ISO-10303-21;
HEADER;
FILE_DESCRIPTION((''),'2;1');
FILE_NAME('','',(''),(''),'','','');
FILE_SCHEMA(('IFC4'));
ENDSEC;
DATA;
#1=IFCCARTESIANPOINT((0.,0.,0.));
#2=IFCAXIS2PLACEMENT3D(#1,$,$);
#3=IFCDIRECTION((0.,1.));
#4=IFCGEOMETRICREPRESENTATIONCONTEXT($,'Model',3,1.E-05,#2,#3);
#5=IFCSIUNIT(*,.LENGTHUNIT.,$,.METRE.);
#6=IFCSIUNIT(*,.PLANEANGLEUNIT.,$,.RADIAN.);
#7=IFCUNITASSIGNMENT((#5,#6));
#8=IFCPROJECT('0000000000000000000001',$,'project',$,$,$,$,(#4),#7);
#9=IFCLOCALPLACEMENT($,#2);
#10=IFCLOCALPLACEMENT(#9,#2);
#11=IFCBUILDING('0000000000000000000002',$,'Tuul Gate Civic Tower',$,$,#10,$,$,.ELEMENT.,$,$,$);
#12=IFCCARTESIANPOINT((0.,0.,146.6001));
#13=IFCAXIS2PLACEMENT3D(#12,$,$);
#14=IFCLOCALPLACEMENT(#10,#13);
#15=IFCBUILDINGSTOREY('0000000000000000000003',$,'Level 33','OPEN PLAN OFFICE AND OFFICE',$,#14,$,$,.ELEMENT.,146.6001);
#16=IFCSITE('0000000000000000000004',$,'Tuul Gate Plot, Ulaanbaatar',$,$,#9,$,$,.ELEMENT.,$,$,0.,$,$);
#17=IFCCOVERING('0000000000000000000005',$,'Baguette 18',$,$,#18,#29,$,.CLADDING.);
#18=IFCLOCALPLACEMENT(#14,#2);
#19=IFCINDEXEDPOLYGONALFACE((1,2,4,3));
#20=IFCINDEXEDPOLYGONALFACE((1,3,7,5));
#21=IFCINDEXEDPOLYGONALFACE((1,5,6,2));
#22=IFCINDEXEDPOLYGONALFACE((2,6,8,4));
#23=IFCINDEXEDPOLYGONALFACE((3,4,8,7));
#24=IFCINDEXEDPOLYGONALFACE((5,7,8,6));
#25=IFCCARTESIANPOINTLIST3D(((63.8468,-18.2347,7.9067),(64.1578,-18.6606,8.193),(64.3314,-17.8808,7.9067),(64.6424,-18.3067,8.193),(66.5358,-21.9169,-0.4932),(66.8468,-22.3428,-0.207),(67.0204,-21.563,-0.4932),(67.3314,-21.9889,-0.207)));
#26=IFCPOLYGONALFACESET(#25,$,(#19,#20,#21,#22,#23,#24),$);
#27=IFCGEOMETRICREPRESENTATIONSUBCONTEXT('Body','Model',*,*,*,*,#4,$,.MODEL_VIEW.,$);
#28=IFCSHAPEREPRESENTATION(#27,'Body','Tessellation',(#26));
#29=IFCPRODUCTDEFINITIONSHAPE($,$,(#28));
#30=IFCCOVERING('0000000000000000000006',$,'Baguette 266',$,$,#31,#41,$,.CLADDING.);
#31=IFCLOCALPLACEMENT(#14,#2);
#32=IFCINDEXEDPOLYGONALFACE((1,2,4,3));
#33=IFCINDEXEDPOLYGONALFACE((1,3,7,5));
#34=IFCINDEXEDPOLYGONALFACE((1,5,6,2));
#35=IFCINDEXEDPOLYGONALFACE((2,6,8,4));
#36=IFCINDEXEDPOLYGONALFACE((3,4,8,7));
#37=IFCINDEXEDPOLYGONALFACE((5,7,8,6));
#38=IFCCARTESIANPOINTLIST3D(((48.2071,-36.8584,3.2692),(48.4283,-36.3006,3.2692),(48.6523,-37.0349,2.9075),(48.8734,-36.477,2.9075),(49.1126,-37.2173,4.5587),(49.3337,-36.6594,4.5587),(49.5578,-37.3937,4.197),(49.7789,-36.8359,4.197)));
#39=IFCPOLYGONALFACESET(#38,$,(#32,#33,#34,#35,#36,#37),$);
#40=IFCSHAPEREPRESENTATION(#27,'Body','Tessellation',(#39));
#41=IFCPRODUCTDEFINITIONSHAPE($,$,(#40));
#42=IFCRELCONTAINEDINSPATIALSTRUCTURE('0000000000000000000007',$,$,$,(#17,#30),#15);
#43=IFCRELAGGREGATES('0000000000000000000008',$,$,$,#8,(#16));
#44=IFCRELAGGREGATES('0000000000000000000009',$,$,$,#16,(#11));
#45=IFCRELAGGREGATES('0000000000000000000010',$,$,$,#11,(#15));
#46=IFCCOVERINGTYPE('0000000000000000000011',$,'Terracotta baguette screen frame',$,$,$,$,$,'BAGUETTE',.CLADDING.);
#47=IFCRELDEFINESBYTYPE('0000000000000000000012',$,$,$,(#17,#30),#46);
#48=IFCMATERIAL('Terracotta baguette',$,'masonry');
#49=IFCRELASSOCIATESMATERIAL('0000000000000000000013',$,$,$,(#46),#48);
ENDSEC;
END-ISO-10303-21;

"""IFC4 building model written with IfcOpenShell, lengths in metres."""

from ifc_helpers import new_model, si_unit, direction, frame, origin, origin_2d, place, context, subcontext, project, spatial, rectangle, extrude, material, material_profile, profile_set, type_object, element, save


model = new_model("IFC4")

# Units and contexts
model_context = context("Model", 3, precision=1e-05, world=origin(), true_north=direction((0.0, 1.0)))
body_context = subcontext(model_context, "Body", "Model", "MODEL_VIEW")
ifc_project = project(units=[si_unit("LENGTHUNIT", "METRE"), si_unit("PLANEANGLEUNIT", "RADIAN")], contexts=[model_context])

# Site, building, storey
site_placement = place(None, origin())
site = spatial("IfcSite", under=ifc_project, at=site_placement, Name="Tuul Gate Plot, Ulaanbaatar", CompositionType="ELEMENT", RefElevation=0.0)
building_placement = place(site_placement, origin())
building = spatial("IfcBuilding", under=site, at=building_placement, Name="Tuul Gate Civic Tower", CompositionType="ELEMENT")
storey_placement = place(building_placement, frame((0.0, 0.0, 146.6001)))
storey = spatial("IfcBuildingStorey", under=building, at=storey_placement, Name="Level 33", Description="OPEN PLAN OFFICE AND OFFICE", CompositionType="ELEMENT", Elevation=146.6001)

# Coverings
ifc_material_1 = material(Name="Terracotta baguette", Category="masonry")
ifc_material_profile_1 = material_profile(ifc_material_1, rectangle(XDim=0.6001, YDim=0.6001, at=origin_2d()), Name="Terracotta baguette screen frame")
ifc_profile_set_1 = profile_set([ifc_material_profile_1], Name="Terracotta baguette")
covering_type = type_object("IfcCoveringType", Name="Terracotta baguette screen frame", ElementType="BAGUETTE", PredefinedType="CLADDING", material=ifc_profile_set_1)
covering_1_placement = place(storey_placement, frame((66.9336, -21.9529, -0.3501), z_axis=(-0.281344, 0.385258, 0.878875), x_axis=(-0.807581, -0.589756, 0.0)))
element("IfcCovering", 1, at=covering_1_placement, inside=storey, type_object=covering_type, Name="Baguette 18", PredefinedType="CLADDING", context=body_context, shape_type="SweptSolid", body=[
    extrude(rectangle(XDim=0.6001, YDim=0.6001, at=origin_2d()), origin(), (0.0, 0.0, 1.0), 9.5576),
])
covering_2_placement = place(storey_placement, frame((48.5403, -36.6677, 3.0884), z_axis=(0.560319, -0.222073, 0.797952), x_axis=(0.36845, 0.929647, 0.0)))
element("IfcCovering", 2, at=covering_2_placement, inside=storey, type_object=covering_type, Name="Baguette 266", PredefinedType="CLADDING", context=body_context, shape_type="SweptSolid", body=[
    extrude(rectangle(XDim=0.6001, YDim=0.6001, at=origin_2d()), origin(), (0.0, 0.0, 1.0), 1.616),
])

save(model, "model.ifc")
